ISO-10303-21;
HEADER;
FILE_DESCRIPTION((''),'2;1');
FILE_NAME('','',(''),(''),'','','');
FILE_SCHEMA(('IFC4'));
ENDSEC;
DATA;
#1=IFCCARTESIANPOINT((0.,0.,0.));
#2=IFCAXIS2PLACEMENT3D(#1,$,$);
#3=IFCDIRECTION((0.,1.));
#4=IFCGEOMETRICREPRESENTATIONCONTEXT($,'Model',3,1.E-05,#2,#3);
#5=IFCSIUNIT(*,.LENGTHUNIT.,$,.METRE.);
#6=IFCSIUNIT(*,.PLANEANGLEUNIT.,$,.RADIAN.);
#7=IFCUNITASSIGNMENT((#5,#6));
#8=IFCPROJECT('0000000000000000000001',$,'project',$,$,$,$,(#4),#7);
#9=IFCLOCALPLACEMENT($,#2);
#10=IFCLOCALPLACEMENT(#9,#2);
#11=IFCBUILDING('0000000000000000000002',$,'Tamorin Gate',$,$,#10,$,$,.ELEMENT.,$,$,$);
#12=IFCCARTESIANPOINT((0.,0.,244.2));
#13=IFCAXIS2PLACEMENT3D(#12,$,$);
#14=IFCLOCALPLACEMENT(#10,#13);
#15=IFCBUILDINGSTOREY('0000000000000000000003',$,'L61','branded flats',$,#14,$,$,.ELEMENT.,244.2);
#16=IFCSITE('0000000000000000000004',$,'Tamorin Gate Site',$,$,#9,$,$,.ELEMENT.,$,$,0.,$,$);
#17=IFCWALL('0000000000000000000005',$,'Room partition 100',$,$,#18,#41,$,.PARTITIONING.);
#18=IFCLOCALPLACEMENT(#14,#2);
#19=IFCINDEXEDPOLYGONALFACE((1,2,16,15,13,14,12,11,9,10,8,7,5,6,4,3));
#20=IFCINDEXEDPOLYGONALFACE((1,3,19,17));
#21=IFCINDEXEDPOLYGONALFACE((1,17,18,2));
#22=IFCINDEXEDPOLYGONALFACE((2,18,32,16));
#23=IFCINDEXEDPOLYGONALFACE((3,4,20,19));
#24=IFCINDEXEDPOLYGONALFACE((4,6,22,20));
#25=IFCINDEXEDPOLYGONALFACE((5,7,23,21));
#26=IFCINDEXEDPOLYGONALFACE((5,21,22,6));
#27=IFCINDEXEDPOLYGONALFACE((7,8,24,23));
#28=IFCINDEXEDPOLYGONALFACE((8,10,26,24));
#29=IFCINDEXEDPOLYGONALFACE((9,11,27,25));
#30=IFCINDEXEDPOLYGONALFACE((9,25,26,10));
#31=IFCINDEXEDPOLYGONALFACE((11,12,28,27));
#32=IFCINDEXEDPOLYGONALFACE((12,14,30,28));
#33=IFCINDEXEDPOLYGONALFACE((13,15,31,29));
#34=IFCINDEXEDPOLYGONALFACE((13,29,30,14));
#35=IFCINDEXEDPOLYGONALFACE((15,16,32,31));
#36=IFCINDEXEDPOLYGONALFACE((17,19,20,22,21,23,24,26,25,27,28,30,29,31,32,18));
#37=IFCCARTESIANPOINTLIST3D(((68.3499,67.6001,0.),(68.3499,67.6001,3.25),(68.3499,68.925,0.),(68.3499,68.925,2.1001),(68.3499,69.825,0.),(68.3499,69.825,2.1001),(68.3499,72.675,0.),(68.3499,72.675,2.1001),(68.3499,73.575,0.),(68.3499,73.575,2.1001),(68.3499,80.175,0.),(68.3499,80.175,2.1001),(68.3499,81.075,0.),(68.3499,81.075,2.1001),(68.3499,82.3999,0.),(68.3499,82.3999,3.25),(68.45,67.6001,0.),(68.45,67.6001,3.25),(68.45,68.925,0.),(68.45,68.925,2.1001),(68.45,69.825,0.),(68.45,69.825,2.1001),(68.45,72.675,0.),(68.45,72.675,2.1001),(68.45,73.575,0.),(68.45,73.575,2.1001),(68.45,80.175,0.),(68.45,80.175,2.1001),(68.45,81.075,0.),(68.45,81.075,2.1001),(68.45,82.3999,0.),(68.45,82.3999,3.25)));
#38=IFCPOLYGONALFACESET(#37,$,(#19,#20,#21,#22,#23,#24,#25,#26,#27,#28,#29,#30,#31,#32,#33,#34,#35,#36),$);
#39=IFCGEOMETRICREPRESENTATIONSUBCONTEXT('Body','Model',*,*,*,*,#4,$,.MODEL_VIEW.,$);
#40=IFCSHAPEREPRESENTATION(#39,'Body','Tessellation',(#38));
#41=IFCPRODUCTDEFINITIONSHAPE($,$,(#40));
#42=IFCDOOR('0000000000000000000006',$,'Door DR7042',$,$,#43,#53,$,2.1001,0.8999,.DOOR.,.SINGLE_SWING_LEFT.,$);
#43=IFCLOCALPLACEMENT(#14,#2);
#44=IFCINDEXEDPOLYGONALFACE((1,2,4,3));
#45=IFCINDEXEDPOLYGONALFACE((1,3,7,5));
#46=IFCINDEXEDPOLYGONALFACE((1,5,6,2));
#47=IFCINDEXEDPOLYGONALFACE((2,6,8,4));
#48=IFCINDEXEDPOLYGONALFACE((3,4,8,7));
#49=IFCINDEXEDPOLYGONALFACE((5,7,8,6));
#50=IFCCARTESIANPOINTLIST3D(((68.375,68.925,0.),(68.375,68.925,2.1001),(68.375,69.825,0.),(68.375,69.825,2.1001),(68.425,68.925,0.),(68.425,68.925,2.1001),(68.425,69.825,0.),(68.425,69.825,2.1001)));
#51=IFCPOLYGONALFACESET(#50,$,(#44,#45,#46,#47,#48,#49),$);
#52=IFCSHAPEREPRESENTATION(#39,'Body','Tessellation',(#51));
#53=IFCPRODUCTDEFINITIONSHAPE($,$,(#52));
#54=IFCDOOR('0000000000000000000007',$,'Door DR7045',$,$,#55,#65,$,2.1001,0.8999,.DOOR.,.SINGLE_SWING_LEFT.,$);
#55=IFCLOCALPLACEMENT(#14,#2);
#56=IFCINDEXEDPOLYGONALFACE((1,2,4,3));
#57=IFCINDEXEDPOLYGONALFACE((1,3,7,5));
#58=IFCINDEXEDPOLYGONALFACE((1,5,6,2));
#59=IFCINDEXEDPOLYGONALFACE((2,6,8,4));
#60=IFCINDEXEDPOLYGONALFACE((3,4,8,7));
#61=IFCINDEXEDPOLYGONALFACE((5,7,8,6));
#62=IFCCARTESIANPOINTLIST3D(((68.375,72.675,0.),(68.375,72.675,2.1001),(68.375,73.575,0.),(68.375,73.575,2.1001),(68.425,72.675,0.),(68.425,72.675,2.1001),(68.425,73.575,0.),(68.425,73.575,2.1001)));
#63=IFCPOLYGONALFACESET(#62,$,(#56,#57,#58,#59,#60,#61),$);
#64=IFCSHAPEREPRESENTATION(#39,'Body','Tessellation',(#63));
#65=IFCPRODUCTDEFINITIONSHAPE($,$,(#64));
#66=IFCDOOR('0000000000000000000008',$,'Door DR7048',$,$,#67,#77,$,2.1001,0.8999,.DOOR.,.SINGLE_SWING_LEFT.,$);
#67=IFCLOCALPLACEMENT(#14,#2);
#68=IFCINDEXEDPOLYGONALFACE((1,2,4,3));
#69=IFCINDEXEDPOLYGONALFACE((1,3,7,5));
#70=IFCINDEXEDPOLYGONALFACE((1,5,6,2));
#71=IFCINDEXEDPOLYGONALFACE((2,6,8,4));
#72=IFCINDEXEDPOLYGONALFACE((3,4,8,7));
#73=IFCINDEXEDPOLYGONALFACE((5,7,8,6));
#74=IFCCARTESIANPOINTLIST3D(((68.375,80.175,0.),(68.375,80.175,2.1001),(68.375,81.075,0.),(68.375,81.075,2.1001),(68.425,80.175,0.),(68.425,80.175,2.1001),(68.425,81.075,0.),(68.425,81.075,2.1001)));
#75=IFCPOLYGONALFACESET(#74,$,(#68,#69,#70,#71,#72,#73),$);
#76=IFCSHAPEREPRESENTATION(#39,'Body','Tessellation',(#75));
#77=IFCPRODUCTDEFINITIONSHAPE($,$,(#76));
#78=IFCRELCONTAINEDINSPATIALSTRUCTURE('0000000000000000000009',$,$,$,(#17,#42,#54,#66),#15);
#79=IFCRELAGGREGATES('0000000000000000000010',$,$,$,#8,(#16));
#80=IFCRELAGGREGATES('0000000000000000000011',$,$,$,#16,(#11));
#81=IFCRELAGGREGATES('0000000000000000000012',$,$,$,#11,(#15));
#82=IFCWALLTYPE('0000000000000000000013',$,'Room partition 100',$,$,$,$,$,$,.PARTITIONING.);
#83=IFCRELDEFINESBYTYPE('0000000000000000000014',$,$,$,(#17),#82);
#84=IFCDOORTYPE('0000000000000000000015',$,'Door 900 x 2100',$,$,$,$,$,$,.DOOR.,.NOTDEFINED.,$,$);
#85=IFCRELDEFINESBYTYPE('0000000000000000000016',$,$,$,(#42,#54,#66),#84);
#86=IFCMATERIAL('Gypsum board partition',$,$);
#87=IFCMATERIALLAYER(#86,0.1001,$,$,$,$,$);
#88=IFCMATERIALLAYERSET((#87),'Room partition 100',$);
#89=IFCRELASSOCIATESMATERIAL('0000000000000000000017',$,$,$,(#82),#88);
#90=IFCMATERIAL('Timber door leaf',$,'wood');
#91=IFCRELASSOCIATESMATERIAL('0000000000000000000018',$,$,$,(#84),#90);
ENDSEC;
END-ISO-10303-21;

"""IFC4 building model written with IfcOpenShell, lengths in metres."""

from ifc_helpers import new_model, si_unit, direction, frame, frame_2d, origin, place, context, subcontext, project, spatial, rectangle, extrude, material, layer, layer_set, type_object, element, fill, save


model = new_model("IFC4")

# Units and contexts
model_context = context("Model", 3, precision=1e-05, world=origin(), true_north=direction((0.0, 1.0)))
body_context = subcontext(model_context, "Body", "Model", "MODEL_VIEW")
ifc_project = project(units=[si_unit("LENGTHUNIT", "METRE"), si_unit("PLANEANGLEUNIT", "RADIAN")], contexts=[model_context])

# Site, building, storey
site_placement = place(None, origin())
site = spatial("IfcSite", under=ifc_project, at=site_placement, Name="Tamorin Gate Site", CompositionType="ELEMENT", RefElevation=0.0)
building_placement = place(site_placement, origin())
building = spatial("IfcBuilding", under=site, at=building_placement, Name="Tamorin Gate", CompositionType="ELEMENT")
storey_placement = place(building_placement, frame((0.0, 0.0, 244.2)))
storey = spatial("IfcBuildingStorey", under=building, at=storey_placement, Name="L61", Description="branded flats", CompositionType="ELEMENT", Elevation=244.2)

# Shared definitions
ifc_material_1 = material(Name="Gypsum board partition")
ifc_layer_1 = layer(ifc_material_1, 0.1001)
ifc_layer_set_1 = layer_set([ifc_layer_1], Name="Room partition 100")
wall_type_1 = type_object("IfcWallType", Name="Room partition 100", PredefinedType="PARTITIONING", material=ifc_layer_set_1)
ifc_material_2 = material(Name="Timber door leaf", Category="wood")
door_type = type_object("IfcDoorType", Name="Door 900 x 2100", OperationType="NOTDEFINED", PredefinedType="DOOR", material=ifc_material_2)

# Wall, openings, doors
wall_1_placement = place(storey_placement, frame((68.3999, 67.6001, 0.0), z_axis=(0.0, 0.0, 1.0), x_axis=(0.0, 1.0, 0.0)))
wall_1 = element("IfcWall", 1, at=wall_1_placement, inside=storey, type_object=wall_type_1, Name="Room partition 100", PredefinedType="PARTITIONING", context=body_context, shape_type="SweptSolid", body=[
    extrude(rectangle(XDim=14.7998, YDim=0.1001, at=frame_2d((7.3999, 0.0))), origin(), (0.0, 0.0, 1.0), 3.25),
])
opening_1_placement = place(wall_1_placement, frame((1.325, 0.0, 0.0)))
opening_1 = element("IfcOpeningElement", 2, at=opening_1_placement, cuts=wall_1, PredefinedType="OPENING", context=body_context, shape_type="SweptSolid", body=[
    extrude(rectangle(XDim=0.8999, YDim=2.1001, at=frame_2d((0.45, 1.05))), frame((0.0, 0.0601, 0.0), z_axis=(0.0, -1.0, 0.0), x_axis=(1.0, 0.0, 0.0)), (0.0, 0.0, 1.0), 0.1201),
])
opening_2_placement = place(wall_1_placement, frame((5.075, 0.0, 0.0)))
opening_2 = element("IfcOpeningElement", 3, at=opening_2_placement, cuts=wall_1, PredefinedType="OPENING", context=body_context, shape_type="SweptSolid", body=[
    extrude(rectangle(XDim=0.8999, YDim=2.1001, at=frame_2d((0.45, 1.05))), frame((0.0, 0.0601, 0.0), z_axis=(0.0, -1.0, 0.0), x_axis=(1.0, 0.0, 0.0)), (0.0, 0.0, 1.0), 0.1201),
])
opening_3_placement = place(wall_1_placement, frame((12.575, 0.0, 0.0)))
opening_3 = element("IfcOpeningElement", 4, at=opening_3_placement, cuts=wall_1, PredefinedType="OPENING", context=body_context, shape_type="SweptSolid", body=[
    extrude(rectangle(XDim=0.8999, YDim=2.1001, at=frame_2d((0.45, 1.05))), frame((0.0, 0.0601, 0.0), z_axis=(0.0, -1.0, 0.0), x_axis=(1.0, 0.0, 0.0)), (0.0, 0.0, 1.0), 0.1201),
])
door_1_placement = place(opening_1_placement, origin())
door_1 = element("IfcDoor", 5, at=door_1_placement, inside=storey, type_object=door_type, Name="Door DR7042", OperationType="SINGLE_SWING_LEFT", OverallHeight=2.1001, OverallWidth=0.8999, PredefinedType="DOOR", context=body_context, shape_type="SweptSolid", body=[
    extrude(rectangle(XDim=0.8999, YDim=2.1001, at=frame_2d((0.45, 1.05))), frame((0.0, 0.0249, 0.0), z_axis=(0.0, -1.0, 0.0), x_axis=(1.0, 0.0, 0.0)), (0.0, 0.0, 1.0), 0.05),
])
fill(opening_1, door_1)
door_2_placement = place(opening_2_placement, origin())
door_2 = element("IfcDoor", 6, at=door_2_placement, inside=storey, type_object=door_type, Name="Door DR7045", OperationType="SINGLE_SWING_LEFT", OverallHeight=2.1001, OverallWidth=0.8999, PredefinedType="DOOR", context=body_context, shape_type="SweptSolid", body=[
    extrude(rectangle(XDim=0.8999, YDim=2.1001, at=frame_2d((0.45, 1.05))), frame((0.0, 0.0249, 0.0), z_axis=(0.0, -1.0, 0.0), x_axis=(1.0, 0.0, 0.0)), (0.0, 0.0, 1.0), 0.05),
])
fill(opening_2, door_2)
door_3_placement = place(opening_3_placement, origin())
door_3 = element("IfcDoor", 7, at=door_3_placement, inside=storey, type_object=door_type, Name="Door DR7048", OperationType="SINGLE_SWING_LEFT", OverallHeight=2.1001, OverallWidth=0.8999, PredefinedType="DOOR", context=body_context, shape_type="SweptSolid", body=[
    extrude(rectangle(XDim=0.8999, YDim=2.1001, at=frame_2d((0.45, 1.05))), frame((0.0, 0.0249, 0.0), z_axis=(0.0, -1.0, 0.0), x_axis=(1.0, 0.0, 0.0)), (0.0, 0.0, 1.0), 0.05),
])
fill(opening_3, door_3)

save(model, "model.ifc")
